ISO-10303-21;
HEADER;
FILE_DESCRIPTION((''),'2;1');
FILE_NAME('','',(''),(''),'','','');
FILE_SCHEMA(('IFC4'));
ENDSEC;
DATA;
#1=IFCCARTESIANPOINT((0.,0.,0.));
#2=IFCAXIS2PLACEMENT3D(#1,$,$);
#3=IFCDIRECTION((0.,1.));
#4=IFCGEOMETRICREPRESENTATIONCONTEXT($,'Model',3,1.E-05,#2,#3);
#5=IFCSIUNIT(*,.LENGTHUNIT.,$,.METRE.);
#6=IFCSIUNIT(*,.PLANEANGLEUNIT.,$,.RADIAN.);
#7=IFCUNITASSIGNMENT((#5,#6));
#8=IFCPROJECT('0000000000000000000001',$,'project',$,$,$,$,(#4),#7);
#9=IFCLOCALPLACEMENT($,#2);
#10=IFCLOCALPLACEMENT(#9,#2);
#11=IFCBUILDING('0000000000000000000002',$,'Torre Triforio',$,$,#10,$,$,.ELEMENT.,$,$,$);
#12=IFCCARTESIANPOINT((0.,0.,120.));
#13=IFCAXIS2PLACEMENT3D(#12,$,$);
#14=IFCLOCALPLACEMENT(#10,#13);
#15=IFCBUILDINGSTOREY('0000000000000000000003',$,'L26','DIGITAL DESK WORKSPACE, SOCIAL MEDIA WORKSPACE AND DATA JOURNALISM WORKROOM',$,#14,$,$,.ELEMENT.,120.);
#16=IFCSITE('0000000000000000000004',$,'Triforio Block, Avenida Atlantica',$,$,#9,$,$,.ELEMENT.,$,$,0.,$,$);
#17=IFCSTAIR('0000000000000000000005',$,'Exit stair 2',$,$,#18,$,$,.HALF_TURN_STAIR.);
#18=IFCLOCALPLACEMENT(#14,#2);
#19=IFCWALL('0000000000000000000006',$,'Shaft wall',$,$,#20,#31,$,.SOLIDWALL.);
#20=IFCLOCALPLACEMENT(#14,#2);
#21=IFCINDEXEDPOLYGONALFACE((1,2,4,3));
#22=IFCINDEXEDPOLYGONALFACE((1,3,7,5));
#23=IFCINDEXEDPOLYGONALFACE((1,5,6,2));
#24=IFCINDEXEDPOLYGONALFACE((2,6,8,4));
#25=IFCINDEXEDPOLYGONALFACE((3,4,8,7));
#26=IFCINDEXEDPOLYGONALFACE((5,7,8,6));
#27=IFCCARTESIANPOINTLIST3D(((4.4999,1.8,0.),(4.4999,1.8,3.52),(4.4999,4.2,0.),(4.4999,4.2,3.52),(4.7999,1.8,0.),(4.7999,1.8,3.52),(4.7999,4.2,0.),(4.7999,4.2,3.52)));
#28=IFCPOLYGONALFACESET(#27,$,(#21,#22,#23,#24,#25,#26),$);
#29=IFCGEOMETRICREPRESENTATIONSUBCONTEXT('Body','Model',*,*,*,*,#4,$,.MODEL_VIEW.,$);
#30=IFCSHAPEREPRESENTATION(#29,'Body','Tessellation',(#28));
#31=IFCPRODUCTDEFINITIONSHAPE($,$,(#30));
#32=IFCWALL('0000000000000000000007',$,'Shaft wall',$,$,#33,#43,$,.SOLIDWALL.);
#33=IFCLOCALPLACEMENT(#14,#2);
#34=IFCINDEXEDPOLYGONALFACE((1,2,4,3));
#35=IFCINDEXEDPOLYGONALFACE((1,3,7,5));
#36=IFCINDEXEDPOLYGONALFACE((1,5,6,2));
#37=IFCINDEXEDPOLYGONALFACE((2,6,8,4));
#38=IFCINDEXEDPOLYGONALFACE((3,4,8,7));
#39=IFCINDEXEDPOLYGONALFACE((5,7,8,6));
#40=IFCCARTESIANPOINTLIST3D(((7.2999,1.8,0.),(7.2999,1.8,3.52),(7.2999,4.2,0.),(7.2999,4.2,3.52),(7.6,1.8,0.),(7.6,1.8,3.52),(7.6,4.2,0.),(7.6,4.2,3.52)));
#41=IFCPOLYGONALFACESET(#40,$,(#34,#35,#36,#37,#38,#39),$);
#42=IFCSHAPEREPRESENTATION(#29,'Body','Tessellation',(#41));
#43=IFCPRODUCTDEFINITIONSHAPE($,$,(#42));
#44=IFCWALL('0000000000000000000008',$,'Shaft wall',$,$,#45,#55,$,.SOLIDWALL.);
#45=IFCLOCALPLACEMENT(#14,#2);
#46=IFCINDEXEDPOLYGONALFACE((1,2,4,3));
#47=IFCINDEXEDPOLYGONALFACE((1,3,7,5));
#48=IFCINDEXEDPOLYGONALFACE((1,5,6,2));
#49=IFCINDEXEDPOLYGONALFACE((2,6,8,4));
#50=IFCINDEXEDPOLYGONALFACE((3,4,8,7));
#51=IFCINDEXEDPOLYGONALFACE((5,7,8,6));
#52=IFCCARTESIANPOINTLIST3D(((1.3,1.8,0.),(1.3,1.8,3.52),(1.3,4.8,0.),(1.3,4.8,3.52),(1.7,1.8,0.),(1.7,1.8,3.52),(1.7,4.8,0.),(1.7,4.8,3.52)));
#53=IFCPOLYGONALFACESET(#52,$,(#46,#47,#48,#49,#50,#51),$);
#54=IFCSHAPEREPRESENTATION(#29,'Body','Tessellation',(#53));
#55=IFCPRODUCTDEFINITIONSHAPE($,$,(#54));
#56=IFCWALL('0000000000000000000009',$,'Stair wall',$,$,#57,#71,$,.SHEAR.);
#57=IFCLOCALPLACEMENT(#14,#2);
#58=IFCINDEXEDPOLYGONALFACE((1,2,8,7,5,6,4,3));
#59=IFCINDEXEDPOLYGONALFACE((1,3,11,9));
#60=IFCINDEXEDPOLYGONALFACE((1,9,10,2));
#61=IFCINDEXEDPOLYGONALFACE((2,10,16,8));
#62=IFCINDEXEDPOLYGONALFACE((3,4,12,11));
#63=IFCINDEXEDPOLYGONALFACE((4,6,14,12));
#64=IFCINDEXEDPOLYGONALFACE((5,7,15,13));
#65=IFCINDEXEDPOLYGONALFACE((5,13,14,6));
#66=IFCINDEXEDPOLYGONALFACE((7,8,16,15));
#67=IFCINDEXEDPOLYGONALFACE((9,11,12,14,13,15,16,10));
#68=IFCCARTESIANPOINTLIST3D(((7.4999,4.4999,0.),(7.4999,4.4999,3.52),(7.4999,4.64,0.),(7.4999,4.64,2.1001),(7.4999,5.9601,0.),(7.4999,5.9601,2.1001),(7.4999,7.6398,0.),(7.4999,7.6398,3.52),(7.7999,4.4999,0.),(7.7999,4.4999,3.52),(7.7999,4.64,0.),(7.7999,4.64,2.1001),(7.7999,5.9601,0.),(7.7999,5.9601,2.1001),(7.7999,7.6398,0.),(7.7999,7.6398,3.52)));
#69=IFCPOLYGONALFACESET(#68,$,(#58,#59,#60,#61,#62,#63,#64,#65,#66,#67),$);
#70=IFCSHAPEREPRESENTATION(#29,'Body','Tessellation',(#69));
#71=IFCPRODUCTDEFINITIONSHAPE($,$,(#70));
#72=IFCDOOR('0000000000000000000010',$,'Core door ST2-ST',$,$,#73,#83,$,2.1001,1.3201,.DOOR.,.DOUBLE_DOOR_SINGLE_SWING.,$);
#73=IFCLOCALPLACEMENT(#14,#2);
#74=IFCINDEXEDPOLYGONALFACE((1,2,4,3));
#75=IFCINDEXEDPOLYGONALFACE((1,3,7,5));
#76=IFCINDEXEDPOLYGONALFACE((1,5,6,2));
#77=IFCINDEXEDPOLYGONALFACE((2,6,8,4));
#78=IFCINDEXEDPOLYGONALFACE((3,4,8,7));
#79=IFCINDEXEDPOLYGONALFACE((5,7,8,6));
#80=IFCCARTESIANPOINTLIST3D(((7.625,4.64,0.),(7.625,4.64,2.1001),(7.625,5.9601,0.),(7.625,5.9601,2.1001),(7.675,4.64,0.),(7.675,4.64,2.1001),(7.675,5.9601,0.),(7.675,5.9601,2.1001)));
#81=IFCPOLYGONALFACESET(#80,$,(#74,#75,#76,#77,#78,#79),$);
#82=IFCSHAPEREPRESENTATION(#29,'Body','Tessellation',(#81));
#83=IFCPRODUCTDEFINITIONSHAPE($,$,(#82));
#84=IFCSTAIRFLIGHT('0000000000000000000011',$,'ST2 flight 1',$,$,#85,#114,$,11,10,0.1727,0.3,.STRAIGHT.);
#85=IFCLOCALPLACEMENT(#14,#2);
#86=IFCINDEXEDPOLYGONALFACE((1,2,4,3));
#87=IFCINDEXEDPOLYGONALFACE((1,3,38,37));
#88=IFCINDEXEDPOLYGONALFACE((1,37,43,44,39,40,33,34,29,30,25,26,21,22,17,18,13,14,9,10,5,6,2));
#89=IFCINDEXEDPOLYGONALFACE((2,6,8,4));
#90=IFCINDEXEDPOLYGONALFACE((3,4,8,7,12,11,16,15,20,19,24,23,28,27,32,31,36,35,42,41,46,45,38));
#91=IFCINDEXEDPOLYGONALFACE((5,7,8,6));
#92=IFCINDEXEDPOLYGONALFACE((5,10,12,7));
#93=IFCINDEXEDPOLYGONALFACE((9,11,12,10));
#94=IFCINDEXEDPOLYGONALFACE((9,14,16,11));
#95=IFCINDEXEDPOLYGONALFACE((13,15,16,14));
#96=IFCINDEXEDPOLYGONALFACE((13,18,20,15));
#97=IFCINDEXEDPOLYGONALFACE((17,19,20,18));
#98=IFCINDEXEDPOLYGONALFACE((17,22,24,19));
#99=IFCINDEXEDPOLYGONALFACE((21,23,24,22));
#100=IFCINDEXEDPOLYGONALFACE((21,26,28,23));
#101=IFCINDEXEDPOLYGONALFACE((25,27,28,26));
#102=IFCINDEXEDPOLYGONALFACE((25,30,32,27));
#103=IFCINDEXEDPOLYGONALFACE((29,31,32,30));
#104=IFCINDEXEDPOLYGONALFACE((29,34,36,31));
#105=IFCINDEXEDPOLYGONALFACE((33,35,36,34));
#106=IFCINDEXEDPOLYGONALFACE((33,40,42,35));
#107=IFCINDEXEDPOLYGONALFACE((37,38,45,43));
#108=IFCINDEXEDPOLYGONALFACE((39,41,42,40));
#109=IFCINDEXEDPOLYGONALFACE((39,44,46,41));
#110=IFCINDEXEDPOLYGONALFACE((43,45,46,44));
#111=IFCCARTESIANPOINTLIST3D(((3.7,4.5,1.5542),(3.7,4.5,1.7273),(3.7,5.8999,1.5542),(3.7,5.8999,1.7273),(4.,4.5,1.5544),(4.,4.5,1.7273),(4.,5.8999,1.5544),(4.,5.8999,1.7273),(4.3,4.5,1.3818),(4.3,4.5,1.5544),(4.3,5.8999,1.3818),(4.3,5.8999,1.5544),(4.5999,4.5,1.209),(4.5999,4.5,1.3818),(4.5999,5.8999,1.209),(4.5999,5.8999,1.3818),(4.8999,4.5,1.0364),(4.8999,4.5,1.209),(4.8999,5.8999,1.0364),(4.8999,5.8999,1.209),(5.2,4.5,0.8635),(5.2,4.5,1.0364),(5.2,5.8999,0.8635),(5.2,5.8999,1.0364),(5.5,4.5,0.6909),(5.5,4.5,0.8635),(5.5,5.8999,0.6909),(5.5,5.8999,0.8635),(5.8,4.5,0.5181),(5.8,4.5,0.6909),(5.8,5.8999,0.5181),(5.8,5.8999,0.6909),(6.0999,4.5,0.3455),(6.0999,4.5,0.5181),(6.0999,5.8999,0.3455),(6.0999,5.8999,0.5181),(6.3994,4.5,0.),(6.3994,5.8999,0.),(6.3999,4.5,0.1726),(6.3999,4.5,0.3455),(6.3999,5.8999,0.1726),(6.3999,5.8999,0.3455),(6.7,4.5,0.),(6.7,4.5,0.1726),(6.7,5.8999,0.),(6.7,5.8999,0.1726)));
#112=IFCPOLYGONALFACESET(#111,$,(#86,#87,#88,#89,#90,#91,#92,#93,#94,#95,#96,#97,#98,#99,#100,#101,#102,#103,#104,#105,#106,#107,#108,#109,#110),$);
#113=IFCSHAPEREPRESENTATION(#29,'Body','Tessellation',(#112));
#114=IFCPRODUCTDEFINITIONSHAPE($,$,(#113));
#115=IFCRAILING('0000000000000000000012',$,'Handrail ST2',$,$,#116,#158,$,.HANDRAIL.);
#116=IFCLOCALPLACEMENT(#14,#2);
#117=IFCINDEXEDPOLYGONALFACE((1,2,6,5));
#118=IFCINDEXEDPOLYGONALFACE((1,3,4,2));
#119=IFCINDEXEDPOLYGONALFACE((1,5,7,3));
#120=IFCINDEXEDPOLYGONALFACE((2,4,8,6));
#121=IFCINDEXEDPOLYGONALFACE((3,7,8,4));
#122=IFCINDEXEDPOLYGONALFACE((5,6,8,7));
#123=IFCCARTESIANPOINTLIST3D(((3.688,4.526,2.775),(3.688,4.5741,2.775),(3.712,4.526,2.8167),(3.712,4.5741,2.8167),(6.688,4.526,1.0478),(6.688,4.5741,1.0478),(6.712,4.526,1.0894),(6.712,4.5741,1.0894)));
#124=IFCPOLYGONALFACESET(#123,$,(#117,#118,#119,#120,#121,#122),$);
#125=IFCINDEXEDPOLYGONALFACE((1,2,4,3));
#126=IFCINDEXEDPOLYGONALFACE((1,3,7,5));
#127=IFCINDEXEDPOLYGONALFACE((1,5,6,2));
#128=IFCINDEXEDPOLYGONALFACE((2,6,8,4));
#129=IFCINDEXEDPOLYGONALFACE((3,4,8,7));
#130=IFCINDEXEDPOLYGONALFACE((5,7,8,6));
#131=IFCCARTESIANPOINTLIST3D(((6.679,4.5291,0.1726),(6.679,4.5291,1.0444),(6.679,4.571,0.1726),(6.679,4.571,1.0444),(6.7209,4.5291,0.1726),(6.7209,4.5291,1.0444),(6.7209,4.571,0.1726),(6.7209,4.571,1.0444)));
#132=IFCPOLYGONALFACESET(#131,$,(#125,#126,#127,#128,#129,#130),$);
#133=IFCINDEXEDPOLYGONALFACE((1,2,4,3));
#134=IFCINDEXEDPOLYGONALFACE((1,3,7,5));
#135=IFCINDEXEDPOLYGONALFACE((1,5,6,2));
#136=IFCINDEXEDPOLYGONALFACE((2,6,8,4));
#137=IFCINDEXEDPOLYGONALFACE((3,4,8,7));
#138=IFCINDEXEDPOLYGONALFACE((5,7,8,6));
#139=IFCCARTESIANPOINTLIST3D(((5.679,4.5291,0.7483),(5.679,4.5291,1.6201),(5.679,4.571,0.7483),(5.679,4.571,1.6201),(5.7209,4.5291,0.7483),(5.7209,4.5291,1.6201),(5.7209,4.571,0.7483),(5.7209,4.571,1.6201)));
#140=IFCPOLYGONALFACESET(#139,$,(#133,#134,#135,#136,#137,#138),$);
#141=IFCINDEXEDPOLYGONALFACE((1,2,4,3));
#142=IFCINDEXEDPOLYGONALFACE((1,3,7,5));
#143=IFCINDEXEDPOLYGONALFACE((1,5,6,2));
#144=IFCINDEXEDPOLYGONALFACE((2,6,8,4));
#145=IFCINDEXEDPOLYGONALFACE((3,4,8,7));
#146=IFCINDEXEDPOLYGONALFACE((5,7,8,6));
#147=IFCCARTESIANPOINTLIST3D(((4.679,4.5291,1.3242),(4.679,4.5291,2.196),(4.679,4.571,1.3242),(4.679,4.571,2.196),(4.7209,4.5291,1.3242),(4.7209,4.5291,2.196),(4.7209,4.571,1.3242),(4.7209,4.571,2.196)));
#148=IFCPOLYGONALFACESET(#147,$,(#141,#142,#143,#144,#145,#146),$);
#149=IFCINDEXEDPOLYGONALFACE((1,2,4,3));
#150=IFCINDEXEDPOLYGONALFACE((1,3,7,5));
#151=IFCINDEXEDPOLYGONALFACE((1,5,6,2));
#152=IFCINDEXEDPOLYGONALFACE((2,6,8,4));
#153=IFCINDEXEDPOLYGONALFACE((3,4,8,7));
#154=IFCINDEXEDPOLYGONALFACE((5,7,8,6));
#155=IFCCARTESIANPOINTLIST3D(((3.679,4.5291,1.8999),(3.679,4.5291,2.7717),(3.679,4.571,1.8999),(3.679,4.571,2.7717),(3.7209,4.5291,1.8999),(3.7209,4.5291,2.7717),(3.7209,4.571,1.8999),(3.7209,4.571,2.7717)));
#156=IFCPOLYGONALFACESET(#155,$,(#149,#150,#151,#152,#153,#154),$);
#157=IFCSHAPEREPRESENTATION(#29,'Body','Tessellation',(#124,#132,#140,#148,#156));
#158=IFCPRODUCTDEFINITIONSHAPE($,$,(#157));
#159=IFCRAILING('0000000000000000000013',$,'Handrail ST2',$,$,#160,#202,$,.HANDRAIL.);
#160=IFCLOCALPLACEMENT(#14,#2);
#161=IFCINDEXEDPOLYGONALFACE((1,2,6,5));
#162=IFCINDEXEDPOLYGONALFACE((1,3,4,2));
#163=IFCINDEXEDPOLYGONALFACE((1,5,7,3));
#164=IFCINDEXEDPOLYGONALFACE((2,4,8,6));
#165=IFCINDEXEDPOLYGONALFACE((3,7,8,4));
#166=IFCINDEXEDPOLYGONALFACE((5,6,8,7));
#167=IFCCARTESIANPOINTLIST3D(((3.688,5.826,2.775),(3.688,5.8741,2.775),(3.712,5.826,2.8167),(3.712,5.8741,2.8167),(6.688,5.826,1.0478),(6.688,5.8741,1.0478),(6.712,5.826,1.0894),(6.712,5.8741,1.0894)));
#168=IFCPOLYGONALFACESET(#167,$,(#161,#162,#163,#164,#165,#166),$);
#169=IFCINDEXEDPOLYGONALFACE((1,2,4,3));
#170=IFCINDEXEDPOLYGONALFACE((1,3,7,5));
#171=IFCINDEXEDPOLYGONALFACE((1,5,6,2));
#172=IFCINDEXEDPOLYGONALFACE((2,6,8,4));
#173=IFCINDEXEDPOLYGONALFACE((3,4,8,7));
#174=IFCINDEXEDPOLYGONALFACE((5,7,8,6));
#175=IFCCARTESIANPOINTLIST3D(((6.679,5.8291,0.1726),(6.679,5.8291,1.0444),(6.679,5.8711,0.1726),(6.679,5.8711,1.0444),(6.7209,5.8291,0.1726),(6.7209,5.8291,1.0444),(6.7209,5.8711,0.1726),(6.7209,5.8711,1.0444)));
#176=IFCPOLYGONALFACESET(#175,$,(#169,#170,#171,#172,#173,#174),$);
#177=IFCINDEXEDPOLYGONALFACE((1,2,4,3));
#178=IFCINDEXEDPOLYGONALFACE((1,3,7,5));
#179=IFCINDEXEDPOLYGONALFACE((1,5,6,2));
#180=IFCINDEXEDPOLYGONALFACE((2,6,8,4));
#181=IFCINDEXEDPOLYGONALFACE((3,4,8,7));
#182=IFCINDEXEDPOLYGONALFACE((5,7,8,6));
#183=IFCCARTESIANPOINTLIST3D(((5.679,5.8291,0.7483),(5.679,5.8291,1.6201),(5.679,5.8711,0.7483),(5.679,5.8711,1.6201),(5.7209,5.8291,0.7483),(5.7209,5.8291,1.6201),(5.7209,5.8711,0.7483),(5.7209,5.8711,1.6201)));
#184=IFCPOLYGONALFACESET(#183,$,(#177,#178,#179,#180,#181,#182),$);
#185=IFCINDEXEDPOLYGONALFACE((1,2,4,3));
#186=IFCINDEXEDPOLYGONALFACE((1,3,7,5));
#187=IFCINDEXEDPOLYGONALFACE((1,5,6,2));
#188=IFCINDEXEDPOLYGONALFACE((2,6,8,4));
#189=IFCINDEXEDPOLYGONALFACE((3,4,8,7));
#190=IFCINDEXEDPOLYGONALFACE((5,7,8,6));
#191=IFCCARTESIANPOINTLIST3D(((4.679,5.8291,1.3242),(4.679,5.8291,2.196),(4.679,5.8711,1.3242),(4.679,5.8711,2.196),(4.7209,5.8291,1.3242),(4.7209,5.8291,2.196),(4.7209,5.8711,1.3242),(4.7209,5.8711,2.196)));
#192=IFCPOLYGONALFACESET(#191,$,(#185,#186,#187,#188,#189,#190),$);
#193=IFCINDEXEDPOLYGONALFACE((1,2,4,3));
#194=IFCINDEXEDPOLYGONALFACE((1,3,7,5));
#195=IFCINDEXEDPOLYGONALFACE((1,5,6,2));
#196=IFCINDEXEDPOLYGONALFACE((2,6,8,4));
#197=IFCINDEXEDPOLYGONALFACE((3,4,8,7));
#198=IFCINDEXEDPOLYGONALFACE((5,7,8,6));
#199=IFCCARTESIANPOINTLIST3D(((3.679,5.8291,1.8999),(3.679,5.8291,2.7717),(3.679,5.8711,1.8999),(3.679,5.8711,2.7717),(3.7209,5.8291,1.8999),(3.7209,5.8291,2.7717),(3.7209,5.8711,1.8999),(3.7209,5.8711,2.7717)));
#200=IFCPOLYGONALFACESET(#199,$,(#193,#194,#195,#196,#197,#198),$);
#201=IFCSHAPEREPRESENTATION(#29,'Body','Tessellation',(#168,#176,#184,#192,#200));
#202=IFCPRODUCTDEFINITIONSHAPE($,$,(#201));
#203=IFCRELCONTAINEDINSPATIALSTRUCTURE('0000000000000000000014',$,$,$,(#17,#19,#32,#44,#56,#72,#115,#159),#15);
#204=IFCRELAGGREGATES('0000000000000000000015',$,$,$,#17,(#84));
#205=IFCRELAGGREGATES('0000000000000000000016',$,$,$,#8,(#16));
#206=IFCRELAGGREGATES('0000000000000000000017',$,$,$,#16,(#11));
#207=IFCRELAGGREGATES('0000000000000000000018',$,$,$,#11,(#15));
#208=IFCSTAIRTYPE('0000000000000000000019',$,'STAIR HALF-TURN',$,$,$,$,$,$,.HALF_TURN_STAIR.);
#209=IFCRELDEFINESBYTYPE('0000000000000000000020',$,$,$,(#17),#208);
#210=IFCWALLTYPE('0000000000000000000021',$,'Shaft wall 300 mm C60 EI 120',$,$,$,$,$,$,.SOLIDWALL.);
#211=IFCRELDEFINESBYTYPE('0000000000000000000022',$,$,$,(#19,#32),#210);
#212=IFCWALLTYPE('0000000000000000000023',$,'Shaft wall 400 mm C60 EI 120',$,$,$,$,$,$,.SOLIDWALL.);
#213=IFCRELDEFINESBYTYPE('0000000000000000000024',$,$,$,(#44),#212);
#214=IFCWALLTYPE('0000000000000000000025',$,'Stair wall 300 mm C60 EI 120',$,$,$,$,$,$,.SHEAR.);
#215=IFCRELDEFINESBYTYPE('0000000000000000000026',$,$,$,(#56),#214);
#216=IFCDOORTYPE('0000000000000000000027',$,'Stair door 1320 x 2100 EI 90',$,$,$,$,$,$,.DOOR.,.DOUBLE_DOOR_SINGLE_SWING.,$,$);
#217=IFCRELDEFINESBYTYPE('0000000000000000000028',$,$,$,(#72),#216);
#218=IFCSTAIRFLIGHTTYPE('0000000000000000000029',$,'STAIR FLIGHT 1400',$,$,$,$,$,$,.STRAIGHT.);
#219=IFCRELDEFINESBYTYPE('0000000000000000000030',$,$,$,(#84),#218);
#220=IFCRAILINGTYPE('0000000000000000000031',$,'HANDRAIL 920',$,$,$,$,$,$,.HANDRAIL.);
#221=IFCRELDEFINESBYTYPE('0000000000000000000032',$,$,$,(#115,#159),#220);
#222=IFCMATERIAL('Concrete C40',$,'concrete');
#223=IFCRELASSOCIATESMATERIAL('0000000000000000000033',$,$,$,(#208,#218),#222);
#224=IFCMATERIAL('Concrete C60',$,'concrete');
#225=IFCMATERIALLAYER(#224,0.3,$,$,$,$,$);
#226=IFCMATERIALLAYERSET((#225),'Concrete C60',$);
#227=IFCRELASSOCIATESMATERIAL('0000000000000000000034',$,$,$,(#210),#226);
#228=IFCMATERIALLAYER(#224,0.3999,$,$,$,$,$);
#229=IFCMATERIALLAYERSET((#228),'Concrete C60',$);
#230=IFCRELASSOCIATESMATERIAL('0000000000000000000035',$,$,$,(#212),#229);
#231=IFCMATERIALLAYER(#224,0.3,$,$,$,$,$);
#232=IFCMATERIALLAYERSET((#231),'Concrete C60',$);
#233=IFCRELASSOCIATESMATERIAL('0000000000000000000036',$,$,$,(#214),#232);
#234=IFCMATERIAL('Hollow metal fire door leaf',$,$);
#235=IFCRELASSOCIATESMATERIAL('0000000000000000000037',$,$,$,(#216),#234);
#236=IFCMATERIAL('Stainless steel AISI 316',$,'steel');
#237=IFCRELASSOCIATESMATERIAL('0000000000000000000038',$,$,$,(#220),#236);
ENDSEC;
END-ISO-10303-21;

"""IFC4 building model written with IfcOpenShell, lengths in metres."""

from ifc_helpers import new_model, si_unit, direction, frame, frame_2d, origin, origin_2d, place, context, subcontext, project, spatial, polyline, rectangle, outline, extrude, material, layer, layer_set, type_object, element, fill, aggregate, save


model = new_model("IFC4")

# Units and contexts
model_context = context("Model", 3, precision=1e-05, world=origin(), true_north=direction((0.0, 1.0)))
body_context = subcontext(model_context, "Body", "Model", "MODEL_VIEW")
ifc_project = project(units=[si_unit("LENGTHUNIT", "METRE"), si_unit("PLANEANGLEUNIT", "RADIAN")], contexts=[model_context])

# Site, building, storey
site_placement = place(None, origin())
site = spatial("IfcSite", under=ifc_project, at=site_placement, Name="Triforio Block, Avenida Atlantica", CompositionType="ELEMENT", RefElevation=0.0)
building_placement = place(site_placement, origin())
building = spatial("IfcBuilding", under=site, at=building_placement, Name="Torre Triforio", CompositionType="ELEMENT")
storey_placement = place(building_placement, frame((0.0, 0.0, 120.0)))
storey = spatial("IfcBuildingStorey", under=building, at=storey_placement, Name="L26", Description="DIGITAL DESK WORKSPACE, SOCIAL MEDIA WORKSPACE AND DATA JOURNALISM WORKROOM", CompositionType="ELEMENT", Elevation=120.0)

# Shared definitions
ifc_material_1 = material(Name="Concrete C60", Category="concrete")

# Stair
ifc_material_2 = material(Name="Concrete C40", Category="concrete")
stair_type = type_object("IfcStairType", Name="STAIR HALF-TURN", PredefinedType="HALF_TURN_STAIR", material=ifc_material_2)
stair_1_placement = place(storey_placement, origin())
stair_1 = element("IfcStair", 1, at=stair_1_placement, inside=storey, type_object=stair_type, Name="Exit stair 2", PredefinedType="HALF_TURN_STAIR")

# Walls
ifc_layer_1 = layer(ifc_material_1, 0.3)
ifc_layer_set_1 = layer_set([ifc_layer_1], Name="Concrete C60")
wall_type_1 = type_object("IfcWallType", Name="Shaft wall 300 mm C60 EI 120", PredefinedType="SOLIDWALL", material=ifc_layer_set_1)
for number, where, z_axis, x_axis, name in (
    (2, (4.6499, 1.8, 0.0), (0.0, 0.0, 1.0), (0.0, 1.0, 0.0), "Shaft wall"),
    (3, (7.45, 1.8, 0.0), (0.0, 0.0, 1.0), (0.0, 1.0, 0.0), "Shaft wall"),
):
    element("IfcWall", number, at=place(storey_placement, frame(where, z_axis=z_axis, x_axis=x_axis)), inside=storey, type_object=wall_type_1, Name=name, PredefinedType="SOLIDWALL", context=body_context, shape_type="SweptSolid", body=[
        extrude(rectangle(XDim=2.3999, YDim=0.3, at=frame_2d((1.2, 0.0))), origin(), (0.0, 0.0, 1.0), 3.52),
    ])
ifc_layer_2 = layer(ifc_material_1, 0.3999)
ifc_layer_set_2 = layer_set([ifc_layer_2], Name="Concrete C60")
wall_type_2 = type_object("IfcWallType", Name="Shaft wall 400 mm C60 EI 120", PredefinedType="SOLIDWALL", material=ifc_layer_set_2)
wall_1_placement = place(storey_placement, frame((1.5, 1.8, 0.0), z_axis=(0.0, 0.0, 1.0), x_axis=(0.0, 1.0, 0.0)))
element("IfcWall", 4, at=wall_1_placement, inside=storey, type_object=wall_type_2, Name="Shaft wall", PredefinedType="SOLIDWALL", context=body_context, shape_type="SweptSolid", body=[
    extrude(rectangle(XDim=3.0, YDim=0.3999, at=frame_2d((1.5, 0.0))), origin(), (0.0, 0.0, 1.0), 3.52),
])

# Wall, opening, door
ifc_layer_3 = layer(ifc_material_1, 0.3)
ifc_layer_set_3 = layer_set([ifc_layer_3], Name="Concrete C60")
wall_type_3 = type_object("IfcWallType", Name="Stair wall 300 mm C60 EI 120", PredefinedType="SHEAR", material=ifc_layer_set_3)
wall_2_placement = place(storey_placement, frame((7.6499, 4.5, 0.0), z_axis=(0.0, 0.0, 1.0), x_axis=(0.0, 1.0, 0.0)))
wall_2 = element("IfcWall", 5, at=wall_2_placement, inside=storey, type_object=wall_type_3, Name="Stair wall", PredefinedType="SHEAR", context=body_context, shape_type="SweptSolid", body=[
    extrude(rectangle(XDim=3.1399, YDim=0.3, at=frame_2d((1.5698, 0.0))), origin(), (0.0, 0.0, 1.0), 3.52),
])
opening_placement = place(wall_2_placement, frame((0.1399, 0.0, 0.0)))
opening = element("IfcOpeningElement", 6, at=opening_placement, cuts=wall_2, PredefinedType="OPENING", context=body_context, shape_type="SweptSolid", body=[
    extrude(rectangle(XDim=1.3201, YDim=2.1001, at=frame_2d((0.6602, 1.05))), frame((0.0, 0.1599, 0.0), z_axis=(0.0, -1.0, 0.0), x_axis=(1.0, 0.0, 0.0)), (0.0, 0.0, 1.0), 0.3201),
])
ifc_material_3 = material(Name="Hollow metal fire door leaf")
door_type = type_object("IfcDoorType", Name="Stair door 1320 x 2100 EI 90", OperationType="DOUBLE_DOOR_SINGLE_SWING", PredefinedType="DOOR", material=ifc_material_3)
door_placement = place(opening_placement, origin())
door = element("IfcDoor", 7, at=door_placement, inside=storey, type_object=door_type, Name="Core door ST2-ST", OperationType="DOUBLE_DOOR_SINGLE_SWING", OverallHeight=2.1001, OverallWidth=1.3201, PredefinedType="DOOR", context=body_context, shape_type="SweptSolid", body=[
    extrude(rectangle(XDim=1.3201, YDim=2.1001, at=frame_2d((0.6602, 1.05))), frame((0.0, 0.0249, 0.0), z_axis=(0.0, -1.0, 0.0), x_axis=(1.0, 0.0, 0.0)), (0.0, 0.0, 1.0), 0.05),
])
fill(opening, door)

# Stair flight
stair_flight_type = type_object("IfcStairFlightType", Name="STAIR FLIGHT 1400", PredefinedType="STRAIGHT", material=ifc_material_2)
stair_flight_placement = place(storey_placement, frame((6.7, 5.2, 0.0), z_axis=(0.0, 0.0, 1.0), x_axis=(-1.0, 0.0, 0.0)))
stair_flight = element("IfcStairFlight", 8, at=stair_flight_placement, type_object=stair_flight_type, Name="ST2 flight 1", NumberOfRisers=11, NumberOfTreads=10, PredefinedType="STRAIGHT", RiserHeight=0.1727, TreadLength=0.3, context=body_context, shape_type="SweptSolid", body=[
    extrude(outline(polyline([(0.0, 0.0), (0.0, 0.1726), (0.3, 0.1726), (0.3, 0.3455), (0.6001, 0.3455), (0.6001, 0.5181), (0.8999, 0.5181), (0.8999, 0.6909), (1.2, 0.6909), (1.2, 0.8635), (1.5, 0.8635), (1.5, 1.0364), (1.8, 1.0364), (1.8, 1.209), (2.1001, 1.209), (2.1001, 1.3818), (2.3999, 1.3818), (2.3999, 1.5544), (2.7, 1.5544), (2.7, 1.7273), (3.0, 1.7273), (3.0, 1.8999), (3.0, 1.5542), (0.3005, 0.0), (0.0, 0.0)])), frame((0.0, 0.7, 0.0), z_axis=(0.0, -1.0, 0.0), x_axis=(1.0, 0.0, 0.0)), (0.0, 0.0, 1.0), 1.3999),
])
aggregate(stair_1, [stair_flight])

# Railings
ifc_material_4 = material(Name="Stainless steel AISI 316", Category="steel")
railing_type = type_object("IfcRailingType", Name="HANDRAIL 920", PredefinedType="HANDRAIL", material=ifc_material_4)
for number, where, name in (
    (9, (6.7, 4.55, 0.1726), "Handrail ST2"),
    (10, (6.7, 5.8501, 0.1726), "Handrail ST2"),
):
    element("IfcRailing", number, at=place(storey_placement, frame(where)), inside=storey, type_object=railing_type, Name=name, PredefinedType="HANDRAIL", context=body_context, shape_type="SweptSolid", body=[
        extrude(rectangle(XDim=0.0481, YDim=0.0481, at=origin_2d()), frame((0.0, 0.0, 0.896), z_axis=(-0.86662, 0.0, 0.498969), x_axis=(0.0, -1.0, 0.0)), (0.0, 0.0, 1.0), 3.4617),
        extrude(rectangle(XDim=0.042, YDim=0.042, at=origin_2d()), origin(), (0.0, 0.0, 1.0), 0.8718),
        extrude(rectangle(XDim=0.042, YDim=0.042, at=origin_2d()), frame((-1.0, 0.0, 0.5757)), (0.0, 0.0, 1.0), 0.8718),
        extrude(rectangle(XDim=0.042, YDim=0.042, at=origin_2d()), frame((-2.0, 0.0, 1.1516)), (0.0, 0.0, 1.0), 0.8718),
        extrude(rectangle(XDim=0.042, YDim=0.042, at=origin_2d()), frame((-3.0, 0.0, 1.7273)), (0.0, 0.0, 1.0), 0.8718),
    ])

save(model, "model.ifc")
